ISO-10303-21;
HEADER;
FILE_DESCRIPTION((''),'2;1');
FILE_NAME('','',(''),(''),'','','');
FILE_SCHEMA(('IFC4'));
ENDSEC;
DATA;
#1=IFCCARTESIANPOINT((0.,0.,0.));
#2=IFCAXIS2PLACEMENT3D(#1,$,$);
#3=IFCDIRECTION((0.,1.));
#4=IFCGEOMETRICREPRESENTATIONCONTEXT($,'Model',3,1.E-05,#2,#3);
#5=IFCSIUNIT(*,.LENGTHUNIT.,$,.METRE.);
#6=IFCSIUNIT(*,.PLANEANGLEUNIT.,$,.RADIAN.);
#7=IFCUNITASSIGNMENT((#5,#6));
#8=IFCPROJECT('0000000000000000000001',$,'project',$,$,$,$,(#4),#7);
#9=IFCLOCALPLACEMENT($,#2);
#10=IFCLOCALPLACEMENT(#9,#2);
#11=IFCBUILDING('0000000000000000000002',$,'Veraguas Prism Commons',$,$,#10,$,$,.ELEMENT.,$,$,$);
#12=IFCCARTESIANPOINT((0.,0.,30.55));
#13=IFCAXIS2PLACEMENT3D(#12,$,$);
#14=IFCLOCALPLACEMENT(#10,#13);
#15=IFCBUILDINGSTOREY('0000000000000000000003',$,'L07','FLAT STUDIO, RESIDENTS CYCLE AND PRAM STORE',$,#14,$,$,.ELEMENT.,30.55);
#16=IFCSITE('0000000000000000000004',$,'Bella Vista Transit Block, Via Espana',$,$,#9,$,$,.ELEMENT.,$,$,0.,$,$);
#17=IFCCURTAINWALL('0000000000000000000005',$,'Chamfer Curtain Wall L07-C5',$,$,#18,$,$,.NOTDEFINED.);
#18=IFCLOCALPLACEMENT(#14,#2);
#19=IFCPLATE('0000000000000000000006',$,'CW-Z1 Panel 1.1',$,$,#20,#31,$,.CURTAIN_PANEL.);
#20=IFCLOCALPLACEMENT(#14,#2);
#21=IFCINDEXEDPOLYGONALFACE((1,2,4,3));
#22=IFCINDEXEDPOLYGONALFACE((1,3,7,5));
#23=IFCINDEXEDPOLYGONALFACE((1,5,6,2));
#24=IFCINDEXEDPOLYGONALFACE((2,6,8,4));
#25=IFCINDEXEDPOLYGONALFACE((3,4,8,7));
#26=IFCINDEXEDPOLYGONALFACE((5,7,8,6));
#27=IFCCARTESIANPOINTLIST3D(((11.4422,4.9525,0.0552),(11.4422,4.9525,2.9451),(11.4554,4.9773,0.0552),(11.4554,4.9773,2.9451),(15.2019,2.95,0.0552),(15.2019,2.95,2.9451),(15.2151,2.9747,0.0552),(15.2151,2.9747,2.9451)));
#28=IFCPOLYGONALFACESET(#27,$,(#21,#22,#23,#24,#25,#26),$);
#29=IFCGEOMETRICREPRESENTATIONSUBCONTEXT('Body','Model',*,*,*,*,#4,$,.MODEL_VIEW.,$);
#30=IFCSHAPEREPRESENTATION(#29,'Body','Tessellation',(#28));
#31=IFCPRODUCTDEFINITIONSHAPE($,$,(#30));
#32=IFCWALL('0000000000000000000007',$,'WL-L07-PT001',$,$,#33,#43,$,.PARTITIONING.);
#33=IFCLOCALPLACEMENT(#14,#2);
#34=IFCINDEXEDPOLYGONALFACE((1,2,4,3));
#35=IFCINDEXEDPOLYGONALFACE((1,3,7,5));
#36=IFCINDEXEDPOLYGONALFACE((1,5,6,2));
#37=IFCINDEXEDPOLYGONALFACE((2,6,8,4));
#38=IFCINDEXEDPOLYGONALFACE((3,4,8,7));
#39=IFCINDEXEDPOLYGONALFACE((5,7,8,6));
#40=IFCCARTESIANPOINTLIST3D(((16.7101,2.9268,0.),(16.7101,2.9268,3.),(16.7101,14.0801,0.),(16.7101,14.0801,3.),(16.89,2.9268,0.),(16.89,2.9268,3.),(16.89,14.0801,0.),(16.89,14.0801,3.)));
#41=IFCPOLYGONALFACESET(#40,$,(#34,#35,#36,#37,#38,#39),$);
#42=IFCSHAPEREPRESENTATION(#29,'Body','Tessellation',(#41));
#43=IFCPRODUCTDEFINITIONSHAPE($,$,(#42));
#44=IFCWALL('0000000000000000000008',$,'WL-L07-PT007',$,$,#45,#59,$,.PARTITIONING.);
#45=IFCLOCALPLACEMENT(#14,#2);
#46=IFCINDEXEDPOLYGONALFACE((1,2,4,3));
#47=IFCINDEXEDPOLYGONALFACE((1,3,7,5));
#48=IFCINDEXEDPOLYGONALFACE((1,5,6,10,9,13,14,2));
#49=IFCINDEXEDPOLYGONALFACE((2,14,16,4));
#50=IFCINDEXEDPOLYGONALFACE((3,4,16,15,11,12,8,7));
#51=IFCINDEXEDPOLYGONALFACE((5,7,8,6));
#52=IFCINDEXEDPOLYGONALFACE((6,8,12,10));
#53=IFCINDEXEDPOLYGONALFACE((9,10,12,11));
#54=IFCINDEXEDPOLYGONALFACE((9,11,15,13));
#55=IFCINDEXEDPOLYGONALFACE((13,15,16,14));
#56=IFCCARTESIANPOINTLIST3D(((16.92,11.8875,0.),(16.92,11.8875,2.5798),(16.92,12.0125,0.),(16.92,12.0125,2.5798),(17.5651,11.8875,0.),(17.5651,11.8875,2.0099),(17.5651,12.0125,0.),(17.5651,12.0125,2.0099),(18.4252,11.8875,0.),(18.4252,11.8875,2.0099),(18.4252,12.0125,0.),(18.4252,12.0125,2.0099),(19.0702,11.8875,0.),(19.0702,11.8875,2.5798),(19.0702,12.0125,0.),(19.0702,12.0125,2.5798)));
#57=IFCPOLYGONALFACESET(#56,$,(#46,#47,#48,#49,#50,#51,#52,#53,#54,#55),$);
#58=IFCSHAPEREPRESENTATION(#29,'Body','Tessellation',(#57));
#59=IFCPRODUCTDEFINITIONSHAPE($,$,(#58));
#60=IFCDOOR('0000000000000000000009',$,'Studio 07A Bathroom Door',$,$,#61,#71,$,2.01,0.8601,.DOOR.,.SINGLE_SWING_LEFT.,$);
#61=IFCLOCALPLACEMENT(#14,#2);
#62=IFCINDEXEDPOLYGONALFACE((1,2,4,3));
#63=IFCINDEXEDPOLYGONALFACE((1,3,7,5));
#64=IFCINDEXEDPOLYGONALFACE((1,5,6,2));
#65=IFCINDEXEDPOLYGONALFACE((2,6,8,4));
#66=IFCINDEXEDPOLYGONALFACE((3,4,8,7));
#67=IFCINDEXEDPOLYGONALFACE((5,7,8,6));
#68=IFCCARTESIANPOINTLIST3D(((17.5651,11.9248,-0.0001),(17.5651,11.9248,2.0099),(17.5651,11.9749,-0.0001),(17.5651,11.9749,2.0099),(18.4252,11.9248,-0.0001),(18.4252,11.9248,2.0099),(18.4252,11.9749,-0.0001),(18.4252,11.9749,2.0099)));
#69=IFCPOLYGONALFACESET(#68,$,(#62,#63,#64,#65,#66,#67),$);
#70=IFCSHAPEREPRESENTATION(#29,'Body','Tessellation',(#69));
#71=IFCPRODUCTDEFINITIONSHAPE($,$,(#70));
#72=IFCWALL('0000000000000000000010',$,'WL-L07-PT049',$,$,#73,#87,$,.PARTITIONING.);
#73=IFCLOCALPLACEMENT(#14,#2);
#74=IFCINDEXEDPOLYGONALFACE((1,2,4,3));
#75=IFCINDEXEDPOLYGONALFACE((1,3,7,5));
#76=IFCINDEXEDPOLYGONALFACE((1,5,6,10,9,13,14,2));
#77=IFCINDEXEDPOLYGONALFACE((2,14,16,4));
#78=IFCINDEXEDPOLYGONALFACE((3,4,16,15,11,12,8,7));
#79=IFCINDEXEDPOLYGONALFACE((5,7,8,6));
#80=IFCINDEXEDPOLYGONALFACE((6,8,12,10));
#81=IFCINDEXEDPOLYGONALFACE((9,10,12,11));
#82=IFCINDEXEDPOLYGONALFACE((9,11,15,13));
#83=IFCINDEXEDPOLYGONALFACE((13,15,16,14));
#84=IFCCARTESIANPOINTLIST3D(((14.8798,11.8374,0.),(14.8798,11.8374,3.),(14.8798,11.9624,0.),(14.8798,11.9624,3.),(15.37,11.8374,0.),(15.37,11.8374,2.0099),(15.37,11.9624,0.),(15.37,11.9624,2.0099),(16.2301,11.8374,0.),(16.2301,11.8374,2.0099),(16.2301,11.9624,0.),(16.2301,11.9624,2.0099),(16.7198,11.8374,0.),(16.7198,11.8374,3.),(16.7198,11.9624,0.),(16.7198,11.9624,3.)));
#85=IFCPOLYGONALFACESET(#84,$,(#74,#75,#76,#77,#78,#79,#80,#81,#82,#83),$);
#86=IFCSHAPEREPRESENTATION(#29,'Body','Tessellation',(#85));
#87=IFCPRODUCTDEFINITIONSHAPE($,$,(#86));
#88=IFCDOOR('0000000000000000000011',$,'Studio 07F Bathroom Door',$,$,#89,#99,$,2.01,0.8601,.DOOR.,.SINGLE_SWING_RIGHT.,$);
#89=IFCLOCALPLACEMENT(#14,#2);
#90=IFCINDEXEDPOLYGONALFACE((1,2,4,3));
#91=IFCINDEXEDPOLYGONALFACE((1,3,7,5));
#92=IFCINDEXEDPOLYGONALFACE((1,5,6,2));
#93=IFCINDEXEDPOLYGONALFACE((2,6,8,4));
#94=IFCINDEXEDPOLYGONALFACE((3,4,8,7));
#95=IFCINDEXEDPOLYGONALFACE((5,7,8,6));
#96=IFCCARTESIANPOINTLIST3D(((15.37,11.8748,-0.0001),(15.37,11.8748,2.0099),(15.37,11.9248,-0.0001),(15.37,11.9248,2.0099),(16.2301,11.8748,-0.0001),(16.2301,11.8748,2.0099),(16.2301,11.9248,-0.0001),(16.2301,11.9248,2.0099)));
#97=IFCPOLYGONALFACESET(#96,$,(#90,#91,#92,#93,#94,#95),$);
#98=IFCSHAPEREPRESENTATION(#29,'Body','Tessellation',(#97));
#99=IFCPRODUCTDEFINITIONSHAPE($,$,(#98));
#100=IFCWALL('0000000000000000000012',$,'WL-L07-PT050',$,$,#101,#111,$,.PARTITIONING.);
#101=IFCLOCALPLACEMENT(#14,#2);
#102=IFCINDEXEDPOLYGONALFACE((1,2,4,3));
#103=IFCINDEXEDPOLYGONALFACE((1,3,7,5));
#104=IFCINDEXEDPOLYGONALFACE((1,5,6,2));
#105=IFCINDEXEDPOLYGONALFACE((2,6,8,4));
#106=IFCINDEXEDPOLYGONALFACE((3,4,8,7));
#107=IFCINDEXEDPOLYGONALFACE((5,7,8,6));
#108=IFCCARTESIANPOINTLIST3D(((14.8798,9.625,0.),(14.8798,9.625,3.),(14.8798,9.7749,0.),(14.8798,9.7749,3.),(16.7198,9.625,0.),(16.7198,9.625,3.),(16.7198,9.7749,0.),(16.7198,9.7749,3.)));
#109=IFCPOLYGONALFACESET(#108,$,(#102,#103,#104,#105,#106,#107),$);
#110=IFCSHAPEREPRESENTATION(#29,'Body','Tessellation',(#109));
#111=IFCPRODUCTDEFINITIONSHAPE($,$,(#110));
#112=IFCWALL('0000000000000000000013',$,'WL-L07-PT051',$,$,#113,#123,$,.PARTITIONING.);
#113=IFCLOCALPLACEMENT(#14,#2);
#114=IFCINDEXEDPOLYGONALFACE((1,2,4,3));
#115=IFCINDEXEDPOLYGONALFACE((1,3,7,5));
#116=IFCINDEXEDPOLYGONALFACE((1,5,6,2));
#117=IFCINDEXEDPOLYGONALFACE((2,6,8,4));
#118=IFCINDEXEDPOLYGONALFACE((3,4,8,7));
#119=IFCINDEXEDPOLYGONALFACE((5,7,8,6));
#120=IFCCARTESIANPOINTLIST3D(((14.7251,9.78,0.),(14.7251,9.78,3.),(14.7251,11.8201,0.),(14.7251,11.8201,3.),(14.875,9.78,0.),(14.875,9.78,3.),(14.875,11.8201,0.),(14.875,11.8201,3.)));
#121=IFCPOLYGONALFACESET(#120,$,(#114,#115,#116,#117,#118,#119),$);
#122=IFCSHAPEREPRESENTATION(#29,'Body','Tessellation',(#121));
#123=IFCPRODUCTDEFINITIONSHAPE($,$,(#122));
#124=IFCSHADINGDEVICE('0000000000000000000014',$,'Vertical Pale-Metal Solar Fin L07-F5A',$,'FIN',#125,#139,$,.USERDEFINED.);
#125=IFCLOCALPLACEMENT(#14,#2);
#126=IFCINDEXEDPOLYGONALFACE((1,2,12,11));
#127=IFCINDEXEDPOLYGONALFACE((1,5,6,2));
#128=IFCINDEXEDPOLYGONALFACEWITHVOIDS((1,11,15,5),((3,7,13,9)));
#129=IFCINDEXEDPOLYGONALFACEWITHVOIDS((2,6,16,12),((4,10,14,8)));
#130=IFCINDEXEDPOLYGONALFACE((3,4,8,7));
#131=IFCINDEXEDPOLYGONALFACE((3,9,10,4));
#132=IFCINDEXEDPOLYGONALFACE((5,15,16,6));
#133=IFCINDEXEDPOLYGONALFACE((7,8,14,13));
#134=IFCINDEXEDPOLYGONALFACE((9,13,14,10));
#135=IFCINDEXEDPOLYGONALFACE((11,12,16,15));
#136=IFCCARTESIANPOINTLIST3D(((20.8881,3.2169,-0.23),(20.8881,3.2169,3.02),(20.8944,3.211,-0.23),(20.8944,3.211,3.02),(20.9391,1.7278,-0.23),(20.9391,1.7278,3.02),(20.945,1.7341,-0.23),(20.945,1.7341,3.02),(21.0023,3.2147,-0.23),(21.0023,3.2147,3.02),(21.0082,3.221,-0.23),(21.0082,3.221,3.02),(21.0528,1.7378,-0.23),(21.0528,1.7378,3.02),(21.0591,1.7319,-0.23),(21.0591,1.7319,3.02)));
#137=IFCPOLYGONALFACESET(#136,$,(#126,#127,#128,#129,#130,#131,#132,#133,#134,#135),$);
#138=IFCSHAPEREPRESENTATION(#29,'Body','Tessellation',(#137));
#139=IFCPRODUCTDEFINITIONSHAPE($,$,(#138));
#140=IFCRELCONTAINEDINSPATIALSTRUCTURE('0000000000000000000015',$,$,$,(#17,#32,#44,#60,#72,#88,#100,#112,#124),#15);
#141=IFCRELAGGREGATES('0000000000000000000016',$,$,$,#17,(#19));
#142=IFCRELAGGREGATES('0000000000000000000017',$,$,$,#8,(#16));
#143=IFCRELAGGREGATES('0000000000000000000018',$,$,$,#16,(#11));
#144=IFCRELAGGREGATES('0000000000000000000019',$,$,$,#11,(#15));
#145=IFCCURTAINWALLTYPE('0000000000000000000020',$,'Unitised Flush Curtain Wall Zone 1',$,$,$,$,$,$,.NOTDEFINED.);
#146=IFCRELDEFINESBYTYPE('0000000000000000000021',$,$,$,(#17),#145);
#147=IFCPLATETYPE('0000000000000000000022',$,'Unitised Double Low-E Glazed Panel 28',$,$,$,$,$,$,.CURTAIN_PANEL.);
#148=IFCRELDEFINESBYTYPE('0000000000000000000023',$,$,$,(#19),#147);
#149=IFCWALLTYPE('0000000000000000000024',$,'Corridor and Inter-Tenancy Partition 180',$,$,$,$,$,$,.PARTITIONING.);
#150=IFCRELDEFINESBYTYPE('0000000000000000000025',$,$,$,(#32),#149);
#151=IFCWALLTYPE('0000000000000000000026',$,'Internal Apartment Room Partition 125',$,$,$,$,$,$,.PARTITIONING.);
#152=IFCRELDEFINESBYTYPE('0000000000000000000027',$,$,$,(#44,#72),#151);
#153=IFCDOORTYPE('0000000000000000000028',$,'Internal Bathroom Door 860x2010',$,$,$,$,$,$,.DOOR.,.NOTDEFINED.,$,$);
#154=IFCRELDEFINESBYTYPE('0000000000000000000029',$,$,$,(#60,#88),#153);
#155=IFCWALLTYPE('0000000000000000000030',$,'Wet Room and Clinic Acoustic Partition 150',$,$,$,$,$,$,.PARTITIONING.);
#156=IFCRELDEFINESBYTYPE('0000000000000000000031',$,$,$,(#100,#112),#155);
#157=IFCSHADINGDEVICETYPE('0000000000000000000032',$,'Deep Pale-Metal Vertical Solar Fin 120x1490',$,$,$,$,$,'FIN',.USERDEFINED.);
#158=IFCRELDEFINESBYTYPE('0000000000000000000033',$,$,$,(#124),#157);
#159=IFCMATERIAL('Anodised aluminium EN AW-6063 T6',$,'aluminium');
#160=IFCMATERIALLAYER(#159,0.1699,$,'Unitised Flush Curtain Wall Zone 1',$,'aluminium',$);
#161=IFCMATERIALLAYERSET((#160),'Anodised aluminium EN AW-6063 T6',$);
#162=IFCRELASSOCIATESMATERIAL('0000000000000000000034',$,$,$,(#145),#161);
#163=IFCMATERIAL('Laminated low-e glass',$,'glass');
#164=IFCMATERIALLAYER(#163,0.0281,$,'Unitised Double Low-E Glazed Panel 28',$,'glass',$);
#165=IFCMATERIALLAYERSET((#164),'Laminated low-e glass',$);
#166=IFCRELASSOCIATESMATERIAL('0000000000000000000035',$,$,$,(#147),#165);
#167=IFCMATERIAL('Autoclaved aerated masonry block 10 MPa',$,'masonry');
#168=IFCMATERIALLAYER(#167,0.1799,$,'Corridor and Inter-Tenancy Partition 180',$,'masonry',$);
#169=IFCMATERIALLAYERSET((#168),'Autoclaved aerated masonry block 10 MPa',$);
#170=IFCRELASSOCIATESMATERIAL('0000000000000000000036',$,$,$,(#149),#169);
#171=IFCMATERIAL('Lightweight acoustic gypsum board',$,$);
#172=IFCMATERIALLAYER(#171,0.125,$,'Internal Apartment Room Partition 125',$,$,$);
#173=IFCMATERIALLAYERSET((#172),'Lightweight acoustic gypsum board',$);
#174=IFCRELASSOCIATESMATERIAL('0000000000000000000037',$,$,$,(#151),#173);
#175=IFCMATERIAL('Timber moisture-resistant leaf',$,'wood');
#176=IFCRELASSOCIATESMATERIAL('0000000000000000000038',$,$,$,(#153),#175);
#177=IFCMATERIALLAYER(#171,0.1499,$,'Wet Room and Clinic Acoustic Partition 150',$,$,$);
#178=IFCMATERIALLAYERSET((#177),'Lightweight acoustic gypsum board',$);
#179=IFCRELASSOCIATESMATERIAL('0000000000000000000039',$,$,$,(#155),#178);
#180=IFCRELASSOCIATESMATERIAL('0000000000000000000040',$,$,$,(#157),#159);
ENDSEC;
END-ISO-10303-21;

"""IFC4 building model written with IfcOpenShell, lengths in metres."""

from ifc_helpers import new_model, si_unit, direction, frame, frame_2d, origin, origin_2d, place, context, subcontext, project, spatial, rectangle, hollow_rectangle, extrude, source, transform, mapped, material, layer, layer_set, material_profile, profile_set, type_object, element, fill, aggregate, save


model = new_model("IFC4")

# Units and contexts
model_context = context("Model", 3, precision=1e-05, world=origin(), true_north=direction((0.0, 1.0)))
body_context = subcontext(model_context, "Body", "Model", "MODEL_VIEW")
ifc_project = project(units=[si_unit("LENGTHUNIT", "METRE"), si_unit("PLANEANGLEUNIT", "RADIAN")], contexts=[model_context])

# Site, building, storey
site_placement = place(None, origin())
site = spatial("IfcSite", under=ifc_project, at=site_placement, Name="Bella Vista Transit Block, Via Espana", CompositionType="ELEMENT", RefElevation=0.0)
building_placement = place(site_placement, origin())
building = spatial("IfcBuilding", under=site, at=building_placement, Name="Veraguas Prism Commons", CompositionType="ELEMENT")
storey_placement = place(building_placement, frame((0.0, 0.0, 30.55)))
storey = spatial("IfcBuildingStorey", under=building, at=storey_placement, Name="L07", Description="FLAT STUDIO, RESIDENTS CYCLE AND PRAM STORE", CompositionType="ELEMENT", Elevation=30.55)

# Shared definitions
ifc_material_1 = material(Name="Anodised aluminium EN AW-6063 T6", Category="aluminium")
ifc_layer_1 = layer(ifc_material_1, 0.1699, Name="Unitised Flush Curtain Wall Zone 1", Category="aluminium")
ifc_layer_set_1 = layer_set([ifc_layer_1], Name="Anodised aluminium EN AW-6063 T6")
curtain_wall_type = type_object("IfcCurtainWallType", Name="Unitised Flush Curtain Wall Zone 1", PredefinedType="NOTDEFINED", material=ifc_layer_set_1)

# Curtain wall
curtain_wall_1_placement = place(storey_placement, origin())
curtain_wall_1 = element("IfcCurtainWall", 1, at=curtain_wall_1_placement, inside=storey, type_object=curtain_wall_type, Name="Chamfer Curtain Wall L07-C5", PredefinedType="NOTDEFINED")

# Plate
ifc_material_2 = material(Name="Laminated low-e glass", Category="glass")
ifc_layer_2 = layer(ifc_material_2, 0.0281, Name="Unitised Double Low-E Glazed Panel 28", Category="glass")
ifc_layer_set_2 = layer_set([ifc_layer_2], Name="Laminated low-e glass")
plate_type = type_object("IfcPlateType", Name="Unitised Double Low-E Glazed Panel 28", PredefinedType="CURTAIN_PANEL", material=ifc_layer_set_2)
shared_shape_1 = source(origin(), body_context, "Body", "SweptSolid", [
    extrude(rectangle(XDim=4.2598, YDim=0.0281, at=origin_2d()), origin(), (0.0, 0.0, 1.0), 2.8899),
])
plate_1_placement = place(storey_placement, frame((13.3286, 3.9636, 0.0552), z_axis=(0.0, 0.0, 1.0), x_axis=(0.88261, -0.470106, 0.0)))
plate_1 = element("IfcPlate", 2, at=plate_1_placement, type_object=plate_type, Name="CW-Z1 Panel 1.1", PredefinedType="CURTAIN_PANEL", context=body_context, shape_type="MappedRepresentation", body=[
    mapped(shared_shape_1, transform((0.0, 0.0, 0.0), scale=1.0)),
])
aggregate(curtain_wall_1, [plate_1])

# Wall
ifc_material_3 = material(Name="Autoclaved aerated masonry block 10 MPa", Category="masonry")
ifc_layer_3 = layer(ifc_material_3, 0.1799, Name="Corridor and Inter-Tenancy Partition 180", Category="masonry")
ifc_layer_set_3 = layer_set([ifc_layer_3], Name="Autoclaved aerated masonry block 10 MPa")
wall_type_1 = type_object("IfcWallType", Name="Corridor and Inter-Tenancy Partition 180", PredefinedType="PARTITIONING", material=ifc_layer_set_3)
wall_1_placement = place(storey_placement, frame((16.8, 14.0801, 0.0), z_axis=(0.0, 0.0, 1.0), x_axis=(0.0, -1.0, 0.0)))
element("IfcWall", 3, at=wall_1_placement, inside=storey, type_object=wall_type_1, Name="WL-L07-PT001", PredefinedType="PARTITIONING", context=body_context, shape_type="SweptSolid", body=[
    extrude(rectangle(XDim=11.1533, YDim=0.1799, at=frame_2d((5.5767, 0.0))), origin(), (0.0, 0.0, 1.0), 3.0),
])

# Walls, openings, doors
ifc_material_4 = material(Name="Lightweight acoustic gypsum board")
ifc_layer_4 = layer(ifc_material_4, 0.125, Name="Internal Apartment Room Partition 125")
ifc_layer_set_4 = layer_set([ifc_layer_4], Name="Lightweight acoustic gypsum board")
wall_type_2 = type_object("IfcWallType", Name="Internal Apartment Room Partition 125", PredefinedType="PARTITIONING", material=ifc_layer_set_4)
wall_2_placement = place(storey_placement, frame((16.9199, 11.95, 0.0), z_axis=(0.0, 0.0, 1.0), x_axis=(1.0, 0.0, 0.0)))
wall_2 = element("IfcWall", 4, at=wall_2_placement, inside=storey, type_object=wall_type_2, Name="WL-L07-PT007", PredefinedType="PARTITIONING", context=body_context, shape_type="SweptSolid", body=[
    extrude(rectangle(XDim=2.1501, YDim=0.125, at=frame_2d((1.0752, 0.0))), origin(), (0.0, 0.0, 1.0), 2.5798),
])
opening_1_placement = place(wall_2_placement, frame((0.645, 0.0, 0.0)))
opening_1 = element("IfcOpeningElement", 5, at=opening_1_placement, cuts=wall_2, PredefinedType="OPENING", context=body_context, shape_type="SweptSolid", body=[
    extrude(rectangle(XDim=0.8601, YDim=2.01, at=frame_2d((0.4302, 1.0049))), frame((0.0, 0.0725, 0.0), z_axis=(0.0, -1.0, 0.0), x_axis=(1.0, 0.0, 0.0)), (0.0, 0.0, 1.0), 0.145),
])
ifc_material_5 = material(Name="Timber moisture-resistant leaf", Category="wood")
door_type = type_object("IfcDoorType", Name="Internal Bathroom Door 860x2010", OperationType="NOTDEFINED", PredefinedType="DOOR", material=ifc_material_5)
shared_shape_2 = source(origin(), body_context, "Body", "SweptSolid", [
    extrude(rectangle(XDim=0.8601, YDim=2.01, at=frame_2d((0.4302, 1.0049))), frame((0.0, 0.0249, 0.0), z_axis=(0.0, -1.0, 0.0), x_axis=(1.0, 0.0, 0.0)), (0.0, 0.0, 1.0), 0.05),
])
door_1_placement = place(opening_1_placement, origin())
door_1 = element("IfcDoor", 6, at=door_1_placement, inside=storey, type_object=door_type, Name="Studio 07A Bathroom Door", OperationType="SINGLE_SWING_LEFT", OverallHeight=2.01, OverallWidth=0.8601, PredefinedType="DOOR", context=body_context, shape_type="MappedRepresentation", body=[
    mapped(shared_shape_2, transform((0.0, 0.0, 0.0), scale=1.0)),
])
fill(opening_1, door_1)
wall_3_placement = place(storey_placement, frame((14.8799, 11.8999, 0.0), z_axis=(0.0, 0.0, 1.0), x_axis=(1.0, 0.0, 0.0)))
wall_3 = element("IfcWall", 7, at=wall_3_placement, inside=storey, type_object=wall_type_2, Name="WL-L07-PT049", PredefinedType="PARTITIONING", context=body_context, shape_type="SweptSolid", body=[
    extrude(rectangle(XDim=1.8401, YDim=0.125, at=frame_2d((0.9199, 0.0))), origin(), (0.0, 0.0, 1.0), 3.0),
])
opening_2_placement = place(wall_3_placement, frame((0.49, 0.0, 0.0)))
opening_2 = element("IfcOpeningElement", 8, at=opening_2_placement, cuts=wall_3, PredefinedType="OPENING", context=body_context, shape_type="SweptSolid", body=[
    extrude(rectangle(XDim=0.8601, YDim=2.01, at=frame_2d((0.4302, 1.0049))), frame((0.0, 0.0725, 0.0), z_axis=(0.0, -1.0, 0.0), x_axis=(1.0, 0.0, 0.0)), (0.0, 0.0, 1.0), 0.145),
])
door_2_placement = place(opening_2_placement, origin())
door_2 = element("IfcDoor", 9, at=door_2_placement, inside=storey, type_object=door_type, Name="Studio 07F Bathroom Door", OperationType="SINGLE_SWING_RIGHT", OverallHeight=2.01, OverallWidth=0.8601, PredefinedType="DOOR", context=body_context, shape_type="MappedRepresentation", body=[
    mapped(shared_shape_2, transform((0.0, 0.0, 0.0), scale=1.0)),
])
fill(opening_2, door_2)

# Walls
ifc_layer_5 = layer(ifc_material_4, 0.1499, Name="Wet Room and Clinic Acoustic Partition 150")
ifc_layer_set_5 = layer_set([ifc_layer_5], Name="Lightweight acoustic gypsum board")
wall_type_3 = type_object("IfcWallType", Name="Wet Room and Clinic Acoustic Partition 150", PredefinedType="PARTITIONING", material=ifc_layer_set_5)
wall_4_placement = place(storey_placement, frame((14.8799, 9.7, 0.0), z_axis=(0.0, 0.0, 1.0), x_axis=(1.0, 0.0, 0.0)))
element("IfcWall", 10, at=wall_4_placement, inside=storey, type_object=wall_type_3, Name="WL-L07-PT050", PredefinedType="PARTITIONING", context=body_context, shape_type="SweptSolid", body=[
    extrude(rectangle(XDim=1.8401, YDim=0.1499, at=frame_2d((0.9199, 0.0))), origin(), (0.0, 0.0, 1.0), 3.0),
])
wall_5_placement = place(storey_placement, frame((14.8, 9.78, 0.0), z_axis=(0.0, 0.0, 1.0), x_axis=(0.0, 1.0, 0.0)))
element("IfcWall", 11, at=wall_5_placement, inside=storey, type_object=wall_type_3, Name="WL-L07-PT051", PredefinedType="PARTITIONING", context=body_context, shape_type="SweptSolid", body=[
    extrude(rectangle(XDim=2.04, YDim=0.1499, at=frame_2d((1.02, 0.0))), origin(), (0.0, 0.0, 1.0), 3.0),
])

# Shading device
ifc_material_profile_1 = material_profile(ifc_material_1, hollow_rectangle(XDim=0.1201, YDim=1.49, WallThickness=0.0061, at=origin_2d()), Name="FIN120X1490X6")
ifc_profile_set_1 = profile_set([ifc_material_profile_1], Name="Anodised aluminium EN AW-6063 T6")
shading_device_type = type_object("IfcShadingDeviceType", Name="Deep Pale-Metal Vertical Solar Fin 120x1490", ElementType="FIN", PredefinedType="USERDEFINED", material=ifc_profile_set_1)
shading_device_placement = place(storey_placement, frame((20.9736, 2.4744, -0.23), z_axis=(0.0, 0.0, 1.0), x_axis=(0.999415, 0.0342, 0.0)))
element("IfcShadingDevice", 12, at=shading_device_placement, inside=storey, type_object=shading_device_type, Name="Vertical Pale-Metal Solar Fin L07-F5A", ObjectType="FIN", PredefinedType="USERDEFINED", context=body_context, shape_type="SweptSolid", body=[
    extrude(hollow_rectangle(XDim=0.1201, YDim=1.49, WallThickness=0.0061, at=origin_2d()), origin(), (0.0, 0.0, 1.0), 3.25),
])

save(model, "model.ifc")
